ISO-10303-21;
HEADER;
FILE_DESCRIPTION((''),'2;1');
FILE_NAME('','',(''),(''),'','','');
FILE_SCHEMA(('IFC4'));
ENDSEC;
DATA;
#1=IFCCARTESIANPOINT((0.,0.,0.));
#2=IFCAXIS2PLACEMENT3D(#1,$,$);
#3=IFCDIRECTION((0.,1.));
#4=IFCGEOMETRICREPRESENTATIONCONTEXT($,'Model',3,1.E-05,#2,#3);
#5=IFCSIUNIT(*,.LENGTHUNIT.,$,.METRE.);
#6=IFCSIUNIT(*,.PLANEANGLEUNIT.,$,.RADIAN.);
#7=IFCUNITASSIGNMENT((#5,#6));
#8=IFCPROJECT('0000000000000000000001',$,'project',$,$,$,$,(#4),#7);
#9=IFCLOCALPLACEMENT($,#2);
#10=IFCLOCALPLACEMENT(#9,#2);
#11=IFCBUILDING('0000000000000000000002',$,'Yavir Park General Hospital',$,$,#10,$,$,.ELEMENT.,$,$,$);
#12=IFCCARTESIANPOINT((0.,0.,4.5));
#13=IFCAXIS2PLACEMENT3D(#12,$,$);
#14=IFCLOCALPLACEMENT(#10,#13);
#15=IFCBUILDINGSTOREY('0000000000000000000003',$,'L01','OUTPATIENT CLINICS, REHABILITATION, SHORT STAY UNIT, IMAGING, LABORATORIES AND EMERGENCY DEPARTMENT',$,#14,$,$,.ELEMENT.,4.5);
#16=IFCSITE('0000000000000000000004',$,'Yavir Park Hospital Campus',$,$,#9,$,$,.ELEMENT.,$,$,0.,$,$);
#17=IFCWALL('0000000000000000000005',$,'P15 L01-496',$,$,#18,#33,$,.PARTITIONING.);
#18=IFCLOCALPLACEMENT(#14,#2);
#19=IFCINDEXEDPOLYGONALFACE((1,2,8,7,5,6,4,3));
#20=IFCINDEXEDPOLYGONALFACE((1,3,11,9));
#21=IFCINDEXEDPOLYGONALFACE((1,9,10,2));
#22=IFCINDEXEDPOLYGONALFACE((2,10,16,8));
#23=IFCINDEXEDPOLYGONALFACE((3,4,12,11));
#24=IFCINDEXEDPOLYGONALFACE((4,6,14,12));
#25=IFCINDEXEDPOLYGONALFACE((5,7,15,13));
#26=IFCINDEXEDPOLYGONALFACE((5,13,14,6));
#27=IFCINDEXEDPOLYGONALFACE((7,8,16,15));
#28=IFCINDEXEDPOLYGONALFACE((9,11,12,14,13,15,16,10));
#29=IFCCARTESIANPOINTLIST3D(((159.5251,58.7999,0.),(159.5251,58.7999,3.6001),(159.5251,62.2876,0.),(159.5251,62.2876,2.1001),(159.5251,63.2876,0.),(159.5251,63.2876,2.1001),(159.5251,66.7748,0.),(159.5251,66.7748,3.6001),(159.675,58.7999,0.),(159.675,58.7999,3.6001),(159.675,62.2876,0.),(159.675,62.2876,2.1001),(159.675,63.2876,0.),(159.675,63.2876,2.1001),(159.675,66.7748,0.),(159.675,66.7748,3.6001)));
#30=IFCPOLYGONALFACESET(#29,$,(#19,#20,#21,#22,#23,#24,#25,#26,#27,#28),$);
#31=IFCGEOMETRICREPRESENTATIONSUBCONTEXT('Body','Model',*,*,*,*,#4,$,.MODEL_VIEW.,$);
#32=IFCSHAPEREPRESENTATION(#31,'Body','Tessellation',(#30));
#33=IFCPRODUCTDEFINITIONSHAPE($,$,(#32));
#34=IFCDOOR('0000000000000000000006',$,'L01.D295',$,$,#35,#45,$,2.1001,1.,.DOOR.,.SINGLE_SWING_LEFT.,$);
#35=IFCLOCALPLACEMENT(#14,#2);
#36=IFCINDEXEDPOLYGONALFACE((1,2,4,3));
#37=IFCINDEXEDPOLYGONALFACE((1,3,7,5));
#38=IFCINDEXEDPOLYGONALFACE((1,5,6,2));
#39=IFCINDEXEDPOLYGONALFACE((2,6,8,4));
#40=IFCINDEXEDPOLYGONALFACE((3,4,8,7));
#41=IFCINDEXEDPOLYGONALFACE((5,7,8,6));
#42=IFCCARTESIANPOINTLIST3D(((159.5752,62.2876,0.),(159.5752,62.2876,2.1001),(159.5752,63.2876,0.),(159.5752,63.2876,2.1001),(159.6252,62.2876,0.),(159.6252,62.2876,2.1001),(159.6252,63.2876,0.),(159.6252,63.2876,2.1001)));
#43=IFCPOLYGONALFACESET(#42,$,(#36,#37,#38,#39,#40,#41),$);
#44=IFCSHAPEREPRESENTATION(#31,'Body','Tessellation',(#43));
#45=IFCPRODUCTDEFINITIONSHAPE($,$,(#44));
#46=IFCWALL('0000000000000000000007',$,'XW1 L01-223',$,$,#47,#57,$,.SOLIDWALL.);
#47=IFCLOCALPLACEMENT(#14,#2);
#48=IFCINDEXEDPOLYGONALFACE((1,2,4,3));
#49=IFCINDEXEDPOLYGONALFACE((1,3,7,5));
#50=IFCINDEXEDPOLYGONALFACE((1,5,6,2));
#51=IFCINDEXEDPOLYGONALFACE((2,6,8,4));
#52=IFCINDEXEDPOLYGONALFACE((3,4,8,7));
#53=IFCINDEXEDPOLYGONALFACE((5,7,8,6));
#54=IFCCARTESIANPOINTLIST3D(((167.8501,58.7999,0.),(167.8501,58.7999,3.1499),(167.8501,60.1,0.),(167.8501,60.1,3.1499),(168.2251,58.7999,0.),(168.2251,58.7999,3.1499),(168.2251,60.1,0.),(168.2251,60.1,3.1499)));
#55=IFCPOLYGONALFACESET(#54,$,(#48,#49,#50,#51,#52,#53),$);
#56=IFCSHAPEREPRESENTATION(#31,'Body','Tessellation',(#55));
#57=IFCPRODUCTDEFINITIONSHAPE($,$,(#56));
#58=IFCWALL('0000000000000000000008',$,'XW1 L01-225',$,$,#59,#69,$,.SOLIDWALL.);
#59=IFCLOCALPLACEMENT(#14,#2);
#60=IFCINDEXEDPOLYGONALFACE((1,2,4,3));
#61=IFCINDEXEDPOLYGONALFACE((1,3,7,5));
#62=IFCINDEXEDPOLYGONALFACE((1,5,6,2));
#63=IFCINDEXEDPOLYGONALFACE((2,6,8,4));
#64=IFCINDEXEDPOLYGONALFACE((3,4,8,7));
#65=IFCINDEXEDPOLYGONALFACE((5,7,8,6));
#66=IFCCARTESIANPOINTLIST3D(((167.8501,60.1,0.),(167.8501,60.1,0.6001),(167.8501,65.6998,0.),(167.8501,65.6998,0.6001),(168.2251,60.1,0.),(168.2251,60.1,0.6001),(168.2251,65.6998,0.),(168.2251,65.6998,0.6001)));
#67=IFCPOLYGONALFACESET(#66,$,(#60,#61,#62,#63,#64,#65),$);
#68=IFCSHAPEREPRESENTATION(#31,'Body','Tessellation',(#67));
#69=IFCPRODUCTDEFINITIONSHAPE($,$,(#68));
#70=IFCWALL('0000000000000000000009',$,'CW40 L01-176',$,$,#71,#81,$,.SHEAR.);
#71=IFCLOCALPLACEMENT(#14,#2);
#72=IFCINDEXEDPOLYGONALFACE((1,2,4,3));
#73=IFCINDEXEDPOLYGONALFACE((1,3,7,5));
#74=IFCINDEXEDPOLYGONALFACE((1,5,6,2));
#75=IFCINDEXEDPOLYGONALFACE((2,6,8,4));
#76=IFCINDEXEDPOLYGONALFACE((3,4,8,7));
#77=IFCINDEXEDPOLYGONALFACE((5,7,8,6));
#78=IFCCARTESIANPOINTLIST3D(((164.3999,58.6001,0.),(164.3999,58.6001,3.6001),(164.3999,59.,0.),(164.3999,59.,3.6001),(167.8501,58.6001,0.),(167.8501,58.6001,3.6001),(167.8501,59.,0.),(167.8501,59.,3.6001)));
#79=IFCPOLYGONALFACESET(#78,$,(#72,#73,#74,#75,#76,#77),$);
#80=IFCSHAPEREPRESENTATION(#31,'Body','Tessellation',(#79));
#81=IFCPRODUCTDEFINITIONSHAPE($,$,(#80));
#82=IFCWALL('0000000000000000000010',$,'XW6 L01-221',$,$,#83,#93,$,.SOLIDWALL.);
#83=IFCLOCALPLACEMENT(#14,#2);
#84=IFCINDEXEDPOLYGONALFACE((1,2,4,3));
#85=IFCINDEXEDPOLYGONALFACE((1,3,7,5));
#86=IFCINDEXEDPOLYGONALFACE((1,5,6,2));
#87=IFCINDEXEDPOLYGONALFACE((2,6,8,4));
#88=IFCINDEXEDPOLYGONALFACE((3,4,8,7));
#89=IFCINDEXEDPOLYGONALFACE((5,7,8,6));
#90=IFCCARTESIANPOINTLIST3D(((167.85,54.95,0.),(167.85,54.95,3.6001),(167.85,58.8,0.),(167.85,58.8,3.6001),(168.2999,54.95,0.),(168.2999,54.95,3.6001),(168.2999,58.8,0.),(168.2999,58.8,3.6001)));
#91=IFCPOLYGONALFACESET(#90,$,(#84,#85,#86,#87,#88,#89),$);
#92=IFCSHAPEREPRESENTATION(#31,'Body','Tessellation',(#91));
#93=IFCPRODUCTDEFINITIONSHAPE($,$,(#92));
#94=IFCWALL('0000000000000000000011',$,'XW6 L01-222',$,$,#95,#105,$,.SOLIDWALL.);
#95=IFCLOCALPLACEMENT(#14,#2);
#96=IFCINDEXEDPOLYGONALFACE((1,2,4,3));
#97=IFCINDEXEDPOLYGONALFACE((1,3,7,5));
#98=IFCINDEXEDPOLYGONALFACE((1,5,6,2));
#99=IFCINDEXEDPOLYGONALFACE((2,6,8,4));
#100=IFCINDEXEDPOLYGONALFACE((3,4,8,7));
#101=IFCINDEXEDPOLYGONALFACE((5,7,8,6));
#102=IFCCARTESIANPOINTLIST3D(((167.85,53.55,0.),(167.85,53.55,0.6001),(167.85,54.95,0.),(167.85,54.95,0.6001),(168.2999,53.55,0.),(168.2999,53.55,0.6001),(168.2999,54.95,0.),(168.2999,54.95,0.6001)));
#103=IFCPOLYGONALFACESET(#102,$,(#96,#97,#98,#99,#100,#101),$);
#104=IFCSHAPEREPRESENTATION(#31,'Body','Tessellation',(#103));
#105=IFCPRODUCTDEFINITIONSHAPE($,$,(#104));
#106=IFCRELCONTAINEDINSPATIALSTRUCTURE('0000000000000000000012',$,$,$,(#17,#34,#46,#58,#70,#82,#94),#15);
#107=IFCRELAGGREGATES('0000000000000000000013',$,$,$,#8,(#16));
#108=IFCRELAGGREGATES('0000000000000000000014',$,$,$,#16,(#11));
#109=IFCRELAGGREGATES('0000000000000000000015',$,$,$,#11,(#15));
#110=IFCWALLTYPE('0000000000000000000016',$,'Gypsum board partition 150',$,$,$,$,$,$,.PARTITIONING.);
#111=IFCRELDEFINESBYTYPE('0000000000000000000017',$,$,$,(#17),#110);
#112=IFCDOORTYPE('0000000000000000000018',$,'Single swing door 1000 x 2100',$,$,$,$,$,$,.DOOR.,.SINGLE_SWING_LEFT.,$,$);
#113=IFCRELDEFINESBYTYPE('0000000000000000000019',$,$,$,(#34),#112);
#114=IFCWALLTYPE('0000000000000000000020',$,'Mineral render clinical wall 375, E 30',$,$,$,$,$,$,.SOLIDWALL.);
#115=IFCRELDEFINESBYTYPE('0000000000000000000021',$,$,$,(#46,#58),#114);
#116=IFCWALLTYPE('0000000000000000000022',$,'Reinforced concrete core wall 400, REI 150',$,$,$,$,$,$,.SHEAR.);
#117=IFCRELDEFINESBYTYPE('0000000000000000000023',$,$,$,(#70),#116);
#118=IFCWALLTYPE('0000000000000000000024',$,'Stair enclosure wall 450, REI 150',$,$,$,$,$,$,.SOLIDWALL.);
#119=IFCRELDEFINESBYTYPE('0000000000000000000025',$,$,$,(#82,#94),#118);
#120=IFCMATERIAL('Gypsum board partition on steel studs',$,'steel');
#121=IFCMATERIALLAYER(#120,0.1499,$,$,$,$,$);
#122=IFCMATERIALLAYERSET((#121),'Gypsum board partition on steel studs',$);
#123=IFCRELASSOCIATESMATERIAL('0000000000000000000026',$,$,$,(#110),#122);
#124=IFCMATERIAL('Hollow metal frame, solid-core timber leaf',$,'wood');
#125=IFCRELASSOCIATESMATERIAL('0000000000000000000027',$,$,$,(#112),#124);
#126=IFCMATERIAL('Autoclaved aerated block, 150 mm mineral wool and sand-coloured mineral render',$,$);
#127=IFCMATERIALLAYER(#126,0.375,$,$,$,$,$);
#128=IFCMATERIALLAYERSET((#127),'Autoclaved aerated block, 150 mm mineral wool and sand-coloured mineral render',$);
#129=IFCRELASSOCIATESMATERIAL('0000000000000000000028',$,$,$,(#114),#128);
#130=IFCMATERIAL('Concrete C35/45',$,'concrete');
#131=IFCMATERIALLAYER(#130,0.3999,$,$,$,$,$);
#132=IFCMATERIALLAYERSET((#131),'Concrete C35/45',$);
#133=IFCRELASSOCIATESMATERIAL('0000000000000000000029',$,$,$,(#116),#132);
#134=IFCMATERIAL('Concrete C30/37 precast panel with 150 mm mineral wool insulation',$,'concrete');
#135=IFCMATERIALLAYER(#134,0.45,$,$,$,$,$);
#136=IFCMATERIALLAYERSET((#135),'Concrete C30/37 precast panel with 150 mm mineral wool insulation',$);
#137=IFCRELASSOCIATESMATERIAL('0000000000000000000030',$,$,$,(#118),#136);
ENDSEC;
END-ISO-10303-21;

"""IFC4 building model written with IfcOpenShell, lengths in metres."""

from ifc_helpers import new_model, si_unit, direction, frame, frame_2d, origin, place, context, subcontext, project, spatial, rectangle, extrude, material, layer, layer_set, type_object, element, fill, save


model = new_model("IFC4")

# Units and contexts
model_context = context("Model", 3, precision=1e-05, world=origin(), true_north=direction((0.0, 1.0)))
body_context = subcontext(model_context, "Body", "Model", "MODEL_VIEW")
ifc_project = project(units=[si_unit("LENGTHUNIT", "METRE"), si_unit("PLANEANGLEUNIT", "RADIAN")], contexts=[model_context])

# Site, building, storey
site_placement = place(None, origin())
site = spatial("IfcSite", under=ifc_project, at=site_placement, Name="Yavir Park Hospital Campus", CompositionType="ELEMENT", RefElevation=0.0)
building_placement = place(site_placement, origin())
building = spatial("IfcBuilding", under=site, at=building_placement, Name="Yavir Park General Hospital", CompositionType="ELEMENT")
storey_placement = place(building_placement, frame((0.0, 0.0, 4.5)))
storey = spatial("IfcBuildingStorey", under=building, at=storey_placement, Name="L01", Description="OUTPATIENT CLINICS, REHABILITATION, SHORT STAY UNIT, IMAGING, LABORATORIES AND EMERGENCY DEPARTMENT", CompositionType="ELEMENT", Elevation=4.5)

# Wall, opening, door
ifc_material_1 = material(Name="Gypsum board partition on steel studs", Category="steel")
ifc_layer_1 = layer(ifc_material_1, 0.1499)
ifc_layer_set_1 = layer_set([ifc_layer_1], Name="Gypsum board partition on steel studs")
wall_type_1 = type_object("IfcWallType", Name="Gypsum board partition 150", PredefinedType="PARTITIONING", material=ifc_layer_set_1)
wall_1_placement = place(storey_placement, frame((159.6001, 58.8, 0.0), z_axis=(0.0, 0.0, 1.0), x_axis=(0.0, 1.0, 0.0)))
wall_1 = element("IfcWall", 1, at=wall_1_placement, inside=storey, type_object=wall_type_1, Name="P15 L01-496", PredefinedType="PARTITIONING", context=body_context, shape_type="SweptSolid", body=[
    extrude(rectangle(XDim=7.9749, YDim=0.1499, at=frame_2d((3.9873, 0.0))), origin(), (0.0, 0.0, 1.0), 3.6001),
])
opening_placement = place(wall_1_placement, frame((3.4875, 0.0, 0.0)))
opening = element("IfcOpeningElement", 2, at=opening_placement, cuts=wall_1, PredefinedType="OPENING", context=body_context, shape_type="SweptSolid", body=[
    extrude(rectangle(XDim=1.0, YDim=2.1001, at=frame_2d((0.5, 1.05))), frame((0.0, 0.085, 0.0), z_axis=(0.0, -1.0, 0.0), x_axis=(1.0, 0.0, 0.0)), (0.0, 0.0, 1.0), 0.1699),
])
ifc_material_2 = material(Name="Hollow metal frame, solid-core timber leaf", Category="wood")
door_type = type_object("IfcDoorType", Name="Single swing door 1000 x 2100", OperationType="SINGLE_SWING_LEFT", PredefinedType="DOOR", material=ifc_material_2)
door_placement = place(opening_placement, origin())
door = element("IfcDoor", 3, at=door_placement, inside=storey, type_object=door_type, Name="L01.D295", OperationType="SINGLE_SWING_LEFT", OverallHeight=2.1001, OverallWidth=1.0, PredefinedType="DOOR", context=body_context, shape_type="SweptSolid", body=[
    extrude(rectangle(XDim=1.0, YDim=2.1001, at=frame_2d((0.5, 1.05))), frame((0.0, 0.0249, 0.0), z_axis=(0.0, -1.0, 0.0), x_axis=(1.0, 0.0, 0.0)), (0.0, 0.0, 1.0), 0.05),
])
fill(opening, door)

# Walls
ifc_material_3 = material(Name="Autoclaved aerated block, 150 mm mineral wool and sand-coloured mineral render")
ifc_layer_2 = layer(ifc_material_3, 0.375)
ifc_layer_set_2 = layer_set([ifc_layer_2], Name="Autoclaved aerated block, 150 mm mineral wool and sand-coloured mineral render")
wall_type_2 = type_object("IfcWallType", Name="Mineral render clinical wall 375, E 30", PredefinedType="SOLIDWALL", material=ifc_layer_set_2)
wall_2_placement = place(storey_placement, frame((168.0376, 58.8, 0.0), z_axis=(0.0, 0.0, 1.0), x_axis=(0.0, 1.0, 0.0)))
element("IfcWall", 4, at=wall_2_placement, inside=storey, type_object=wall_type_2, Name="XW1 L01-223", PredefinedType="SOLIDWALL", context=body_context, shape_type="SweptSolid", body=[
    extrude(rectangle(XDim=1.3, YDim=0.375, at=frame_2d((0.6499, 0.0))), origin(), (0.0, 0.0, 1.0), 3.1499),
])
wall_3_placement = place(storey_placement, frame((168.0376, 60.1001, 0.0), z_axis=(0.0, 0.0, 1.0), x_axis=(0.0, 1.0, 0.0)))
element("IfcWall", 5, at=wall_3_placement, inside=storey, type_object=wall_type_2, Name="XW1 L01-225", PredefinedType="SOLIDWALL", context=body_context, shape_type="SweptSolid", body=[
    extrude(rectangle(XDim=5.5999, YDim=0.375, at=frame_2d((2.7998, 0.0))), origin(), (0.0, 0.0, 1.0), 0.6001),
])
ifc_material_4 = material(Name="Concrete C35/45", Category="concrete")
ifc_layer_3 = layer(ifc_material_4, 0.3999)
ifc_layer_set_3 = layer_set([ifc_layer_3], Name="Concrete C35/45")
wall_type_3 = type_object("IfcWallType", Name="Reinforced concrete core wall 400, REI 150", PredefinedType="SHEAR", material=ifc_layer_set_3)
wall_4_placement = place(storey_placement, frame((164.3999, 58.8, 0.0), z_axis=(0.0, 0.0, 1.0), x_axis=(1.0, 0.0, 0.0)))
element("IfcWall", 6, at=wall_4_placement, inside=storey, type_object=wall_type_3, Name="CW40 L01-176", PredefinedType="SHEAR", context=body_context, shape_type="SweptSolid", body=[
    extrude(rectangle(XDim=3.4502, YDim=0.3999, at=frame_2d((1.7251, 0.0))), origin(), (0.0, 0.0, 1.0), 3.6001),
])
ifc_material_5 = material(Name="Concrete C30/37 precast panel with 150 mm mineral wool insulation", Category="concrete")
ifc_layer_4 = layer(ifc_material_5, 0.45)
ifc_layer_set_4 = layer_set([ifc_layer_4], Name="Concrete C30/37 precast panel with 150 mm mineral wool insulation")
wall_type_4 = type_object("IfcWallType", Name="Stair enclosure wall 450, REI 150", PredefinedType="SOLIDWALL", material=ifc_layer_set_4)
wall_5_placement = place(storey_placement, frame((168.075, 54.95, 0.0), z_axis=(0.0, 0.0, 1.0), x_axis=(0.0, 1.0, 0.0)))
element("IfcWall", 7, at=wall_5_placement, inside=storey, type_object=wall_type_4, Name="XW6 L01-221", PredefinedType="SOLIDWALL", context=body_context, shape_type="SweptSolid", body=[
    extrude(rectangle(XDim=3.8501, YDim=0.45, at=frame_2d((1.925, 0.0))), origin(), (0.0, 0.0, 1.0), 3.6001),
])
wall_6_placement = place(storey_placement, frame((168.075, 53.55, 0.0), z_axis=(0.0, 0.0, 1.0), x_axis=(0.0, 1.0, 0.0)))
element("IfcWall", 8, at=wall_6_placement, inside=storey, type_object=wall_type_4, Name="XW6 L01-222", PredefinedType="SOLIDWALL", context=body_context, shape_type="SweptSolid", body=[
    extrude(rectangle(XDim=1.3999, YDim=0.45, at=frame_2d((0.7, 0.0))), origin(), (0.0, 0.0, 1.0), 0.6001),
])

save(model, "model.ifc")
